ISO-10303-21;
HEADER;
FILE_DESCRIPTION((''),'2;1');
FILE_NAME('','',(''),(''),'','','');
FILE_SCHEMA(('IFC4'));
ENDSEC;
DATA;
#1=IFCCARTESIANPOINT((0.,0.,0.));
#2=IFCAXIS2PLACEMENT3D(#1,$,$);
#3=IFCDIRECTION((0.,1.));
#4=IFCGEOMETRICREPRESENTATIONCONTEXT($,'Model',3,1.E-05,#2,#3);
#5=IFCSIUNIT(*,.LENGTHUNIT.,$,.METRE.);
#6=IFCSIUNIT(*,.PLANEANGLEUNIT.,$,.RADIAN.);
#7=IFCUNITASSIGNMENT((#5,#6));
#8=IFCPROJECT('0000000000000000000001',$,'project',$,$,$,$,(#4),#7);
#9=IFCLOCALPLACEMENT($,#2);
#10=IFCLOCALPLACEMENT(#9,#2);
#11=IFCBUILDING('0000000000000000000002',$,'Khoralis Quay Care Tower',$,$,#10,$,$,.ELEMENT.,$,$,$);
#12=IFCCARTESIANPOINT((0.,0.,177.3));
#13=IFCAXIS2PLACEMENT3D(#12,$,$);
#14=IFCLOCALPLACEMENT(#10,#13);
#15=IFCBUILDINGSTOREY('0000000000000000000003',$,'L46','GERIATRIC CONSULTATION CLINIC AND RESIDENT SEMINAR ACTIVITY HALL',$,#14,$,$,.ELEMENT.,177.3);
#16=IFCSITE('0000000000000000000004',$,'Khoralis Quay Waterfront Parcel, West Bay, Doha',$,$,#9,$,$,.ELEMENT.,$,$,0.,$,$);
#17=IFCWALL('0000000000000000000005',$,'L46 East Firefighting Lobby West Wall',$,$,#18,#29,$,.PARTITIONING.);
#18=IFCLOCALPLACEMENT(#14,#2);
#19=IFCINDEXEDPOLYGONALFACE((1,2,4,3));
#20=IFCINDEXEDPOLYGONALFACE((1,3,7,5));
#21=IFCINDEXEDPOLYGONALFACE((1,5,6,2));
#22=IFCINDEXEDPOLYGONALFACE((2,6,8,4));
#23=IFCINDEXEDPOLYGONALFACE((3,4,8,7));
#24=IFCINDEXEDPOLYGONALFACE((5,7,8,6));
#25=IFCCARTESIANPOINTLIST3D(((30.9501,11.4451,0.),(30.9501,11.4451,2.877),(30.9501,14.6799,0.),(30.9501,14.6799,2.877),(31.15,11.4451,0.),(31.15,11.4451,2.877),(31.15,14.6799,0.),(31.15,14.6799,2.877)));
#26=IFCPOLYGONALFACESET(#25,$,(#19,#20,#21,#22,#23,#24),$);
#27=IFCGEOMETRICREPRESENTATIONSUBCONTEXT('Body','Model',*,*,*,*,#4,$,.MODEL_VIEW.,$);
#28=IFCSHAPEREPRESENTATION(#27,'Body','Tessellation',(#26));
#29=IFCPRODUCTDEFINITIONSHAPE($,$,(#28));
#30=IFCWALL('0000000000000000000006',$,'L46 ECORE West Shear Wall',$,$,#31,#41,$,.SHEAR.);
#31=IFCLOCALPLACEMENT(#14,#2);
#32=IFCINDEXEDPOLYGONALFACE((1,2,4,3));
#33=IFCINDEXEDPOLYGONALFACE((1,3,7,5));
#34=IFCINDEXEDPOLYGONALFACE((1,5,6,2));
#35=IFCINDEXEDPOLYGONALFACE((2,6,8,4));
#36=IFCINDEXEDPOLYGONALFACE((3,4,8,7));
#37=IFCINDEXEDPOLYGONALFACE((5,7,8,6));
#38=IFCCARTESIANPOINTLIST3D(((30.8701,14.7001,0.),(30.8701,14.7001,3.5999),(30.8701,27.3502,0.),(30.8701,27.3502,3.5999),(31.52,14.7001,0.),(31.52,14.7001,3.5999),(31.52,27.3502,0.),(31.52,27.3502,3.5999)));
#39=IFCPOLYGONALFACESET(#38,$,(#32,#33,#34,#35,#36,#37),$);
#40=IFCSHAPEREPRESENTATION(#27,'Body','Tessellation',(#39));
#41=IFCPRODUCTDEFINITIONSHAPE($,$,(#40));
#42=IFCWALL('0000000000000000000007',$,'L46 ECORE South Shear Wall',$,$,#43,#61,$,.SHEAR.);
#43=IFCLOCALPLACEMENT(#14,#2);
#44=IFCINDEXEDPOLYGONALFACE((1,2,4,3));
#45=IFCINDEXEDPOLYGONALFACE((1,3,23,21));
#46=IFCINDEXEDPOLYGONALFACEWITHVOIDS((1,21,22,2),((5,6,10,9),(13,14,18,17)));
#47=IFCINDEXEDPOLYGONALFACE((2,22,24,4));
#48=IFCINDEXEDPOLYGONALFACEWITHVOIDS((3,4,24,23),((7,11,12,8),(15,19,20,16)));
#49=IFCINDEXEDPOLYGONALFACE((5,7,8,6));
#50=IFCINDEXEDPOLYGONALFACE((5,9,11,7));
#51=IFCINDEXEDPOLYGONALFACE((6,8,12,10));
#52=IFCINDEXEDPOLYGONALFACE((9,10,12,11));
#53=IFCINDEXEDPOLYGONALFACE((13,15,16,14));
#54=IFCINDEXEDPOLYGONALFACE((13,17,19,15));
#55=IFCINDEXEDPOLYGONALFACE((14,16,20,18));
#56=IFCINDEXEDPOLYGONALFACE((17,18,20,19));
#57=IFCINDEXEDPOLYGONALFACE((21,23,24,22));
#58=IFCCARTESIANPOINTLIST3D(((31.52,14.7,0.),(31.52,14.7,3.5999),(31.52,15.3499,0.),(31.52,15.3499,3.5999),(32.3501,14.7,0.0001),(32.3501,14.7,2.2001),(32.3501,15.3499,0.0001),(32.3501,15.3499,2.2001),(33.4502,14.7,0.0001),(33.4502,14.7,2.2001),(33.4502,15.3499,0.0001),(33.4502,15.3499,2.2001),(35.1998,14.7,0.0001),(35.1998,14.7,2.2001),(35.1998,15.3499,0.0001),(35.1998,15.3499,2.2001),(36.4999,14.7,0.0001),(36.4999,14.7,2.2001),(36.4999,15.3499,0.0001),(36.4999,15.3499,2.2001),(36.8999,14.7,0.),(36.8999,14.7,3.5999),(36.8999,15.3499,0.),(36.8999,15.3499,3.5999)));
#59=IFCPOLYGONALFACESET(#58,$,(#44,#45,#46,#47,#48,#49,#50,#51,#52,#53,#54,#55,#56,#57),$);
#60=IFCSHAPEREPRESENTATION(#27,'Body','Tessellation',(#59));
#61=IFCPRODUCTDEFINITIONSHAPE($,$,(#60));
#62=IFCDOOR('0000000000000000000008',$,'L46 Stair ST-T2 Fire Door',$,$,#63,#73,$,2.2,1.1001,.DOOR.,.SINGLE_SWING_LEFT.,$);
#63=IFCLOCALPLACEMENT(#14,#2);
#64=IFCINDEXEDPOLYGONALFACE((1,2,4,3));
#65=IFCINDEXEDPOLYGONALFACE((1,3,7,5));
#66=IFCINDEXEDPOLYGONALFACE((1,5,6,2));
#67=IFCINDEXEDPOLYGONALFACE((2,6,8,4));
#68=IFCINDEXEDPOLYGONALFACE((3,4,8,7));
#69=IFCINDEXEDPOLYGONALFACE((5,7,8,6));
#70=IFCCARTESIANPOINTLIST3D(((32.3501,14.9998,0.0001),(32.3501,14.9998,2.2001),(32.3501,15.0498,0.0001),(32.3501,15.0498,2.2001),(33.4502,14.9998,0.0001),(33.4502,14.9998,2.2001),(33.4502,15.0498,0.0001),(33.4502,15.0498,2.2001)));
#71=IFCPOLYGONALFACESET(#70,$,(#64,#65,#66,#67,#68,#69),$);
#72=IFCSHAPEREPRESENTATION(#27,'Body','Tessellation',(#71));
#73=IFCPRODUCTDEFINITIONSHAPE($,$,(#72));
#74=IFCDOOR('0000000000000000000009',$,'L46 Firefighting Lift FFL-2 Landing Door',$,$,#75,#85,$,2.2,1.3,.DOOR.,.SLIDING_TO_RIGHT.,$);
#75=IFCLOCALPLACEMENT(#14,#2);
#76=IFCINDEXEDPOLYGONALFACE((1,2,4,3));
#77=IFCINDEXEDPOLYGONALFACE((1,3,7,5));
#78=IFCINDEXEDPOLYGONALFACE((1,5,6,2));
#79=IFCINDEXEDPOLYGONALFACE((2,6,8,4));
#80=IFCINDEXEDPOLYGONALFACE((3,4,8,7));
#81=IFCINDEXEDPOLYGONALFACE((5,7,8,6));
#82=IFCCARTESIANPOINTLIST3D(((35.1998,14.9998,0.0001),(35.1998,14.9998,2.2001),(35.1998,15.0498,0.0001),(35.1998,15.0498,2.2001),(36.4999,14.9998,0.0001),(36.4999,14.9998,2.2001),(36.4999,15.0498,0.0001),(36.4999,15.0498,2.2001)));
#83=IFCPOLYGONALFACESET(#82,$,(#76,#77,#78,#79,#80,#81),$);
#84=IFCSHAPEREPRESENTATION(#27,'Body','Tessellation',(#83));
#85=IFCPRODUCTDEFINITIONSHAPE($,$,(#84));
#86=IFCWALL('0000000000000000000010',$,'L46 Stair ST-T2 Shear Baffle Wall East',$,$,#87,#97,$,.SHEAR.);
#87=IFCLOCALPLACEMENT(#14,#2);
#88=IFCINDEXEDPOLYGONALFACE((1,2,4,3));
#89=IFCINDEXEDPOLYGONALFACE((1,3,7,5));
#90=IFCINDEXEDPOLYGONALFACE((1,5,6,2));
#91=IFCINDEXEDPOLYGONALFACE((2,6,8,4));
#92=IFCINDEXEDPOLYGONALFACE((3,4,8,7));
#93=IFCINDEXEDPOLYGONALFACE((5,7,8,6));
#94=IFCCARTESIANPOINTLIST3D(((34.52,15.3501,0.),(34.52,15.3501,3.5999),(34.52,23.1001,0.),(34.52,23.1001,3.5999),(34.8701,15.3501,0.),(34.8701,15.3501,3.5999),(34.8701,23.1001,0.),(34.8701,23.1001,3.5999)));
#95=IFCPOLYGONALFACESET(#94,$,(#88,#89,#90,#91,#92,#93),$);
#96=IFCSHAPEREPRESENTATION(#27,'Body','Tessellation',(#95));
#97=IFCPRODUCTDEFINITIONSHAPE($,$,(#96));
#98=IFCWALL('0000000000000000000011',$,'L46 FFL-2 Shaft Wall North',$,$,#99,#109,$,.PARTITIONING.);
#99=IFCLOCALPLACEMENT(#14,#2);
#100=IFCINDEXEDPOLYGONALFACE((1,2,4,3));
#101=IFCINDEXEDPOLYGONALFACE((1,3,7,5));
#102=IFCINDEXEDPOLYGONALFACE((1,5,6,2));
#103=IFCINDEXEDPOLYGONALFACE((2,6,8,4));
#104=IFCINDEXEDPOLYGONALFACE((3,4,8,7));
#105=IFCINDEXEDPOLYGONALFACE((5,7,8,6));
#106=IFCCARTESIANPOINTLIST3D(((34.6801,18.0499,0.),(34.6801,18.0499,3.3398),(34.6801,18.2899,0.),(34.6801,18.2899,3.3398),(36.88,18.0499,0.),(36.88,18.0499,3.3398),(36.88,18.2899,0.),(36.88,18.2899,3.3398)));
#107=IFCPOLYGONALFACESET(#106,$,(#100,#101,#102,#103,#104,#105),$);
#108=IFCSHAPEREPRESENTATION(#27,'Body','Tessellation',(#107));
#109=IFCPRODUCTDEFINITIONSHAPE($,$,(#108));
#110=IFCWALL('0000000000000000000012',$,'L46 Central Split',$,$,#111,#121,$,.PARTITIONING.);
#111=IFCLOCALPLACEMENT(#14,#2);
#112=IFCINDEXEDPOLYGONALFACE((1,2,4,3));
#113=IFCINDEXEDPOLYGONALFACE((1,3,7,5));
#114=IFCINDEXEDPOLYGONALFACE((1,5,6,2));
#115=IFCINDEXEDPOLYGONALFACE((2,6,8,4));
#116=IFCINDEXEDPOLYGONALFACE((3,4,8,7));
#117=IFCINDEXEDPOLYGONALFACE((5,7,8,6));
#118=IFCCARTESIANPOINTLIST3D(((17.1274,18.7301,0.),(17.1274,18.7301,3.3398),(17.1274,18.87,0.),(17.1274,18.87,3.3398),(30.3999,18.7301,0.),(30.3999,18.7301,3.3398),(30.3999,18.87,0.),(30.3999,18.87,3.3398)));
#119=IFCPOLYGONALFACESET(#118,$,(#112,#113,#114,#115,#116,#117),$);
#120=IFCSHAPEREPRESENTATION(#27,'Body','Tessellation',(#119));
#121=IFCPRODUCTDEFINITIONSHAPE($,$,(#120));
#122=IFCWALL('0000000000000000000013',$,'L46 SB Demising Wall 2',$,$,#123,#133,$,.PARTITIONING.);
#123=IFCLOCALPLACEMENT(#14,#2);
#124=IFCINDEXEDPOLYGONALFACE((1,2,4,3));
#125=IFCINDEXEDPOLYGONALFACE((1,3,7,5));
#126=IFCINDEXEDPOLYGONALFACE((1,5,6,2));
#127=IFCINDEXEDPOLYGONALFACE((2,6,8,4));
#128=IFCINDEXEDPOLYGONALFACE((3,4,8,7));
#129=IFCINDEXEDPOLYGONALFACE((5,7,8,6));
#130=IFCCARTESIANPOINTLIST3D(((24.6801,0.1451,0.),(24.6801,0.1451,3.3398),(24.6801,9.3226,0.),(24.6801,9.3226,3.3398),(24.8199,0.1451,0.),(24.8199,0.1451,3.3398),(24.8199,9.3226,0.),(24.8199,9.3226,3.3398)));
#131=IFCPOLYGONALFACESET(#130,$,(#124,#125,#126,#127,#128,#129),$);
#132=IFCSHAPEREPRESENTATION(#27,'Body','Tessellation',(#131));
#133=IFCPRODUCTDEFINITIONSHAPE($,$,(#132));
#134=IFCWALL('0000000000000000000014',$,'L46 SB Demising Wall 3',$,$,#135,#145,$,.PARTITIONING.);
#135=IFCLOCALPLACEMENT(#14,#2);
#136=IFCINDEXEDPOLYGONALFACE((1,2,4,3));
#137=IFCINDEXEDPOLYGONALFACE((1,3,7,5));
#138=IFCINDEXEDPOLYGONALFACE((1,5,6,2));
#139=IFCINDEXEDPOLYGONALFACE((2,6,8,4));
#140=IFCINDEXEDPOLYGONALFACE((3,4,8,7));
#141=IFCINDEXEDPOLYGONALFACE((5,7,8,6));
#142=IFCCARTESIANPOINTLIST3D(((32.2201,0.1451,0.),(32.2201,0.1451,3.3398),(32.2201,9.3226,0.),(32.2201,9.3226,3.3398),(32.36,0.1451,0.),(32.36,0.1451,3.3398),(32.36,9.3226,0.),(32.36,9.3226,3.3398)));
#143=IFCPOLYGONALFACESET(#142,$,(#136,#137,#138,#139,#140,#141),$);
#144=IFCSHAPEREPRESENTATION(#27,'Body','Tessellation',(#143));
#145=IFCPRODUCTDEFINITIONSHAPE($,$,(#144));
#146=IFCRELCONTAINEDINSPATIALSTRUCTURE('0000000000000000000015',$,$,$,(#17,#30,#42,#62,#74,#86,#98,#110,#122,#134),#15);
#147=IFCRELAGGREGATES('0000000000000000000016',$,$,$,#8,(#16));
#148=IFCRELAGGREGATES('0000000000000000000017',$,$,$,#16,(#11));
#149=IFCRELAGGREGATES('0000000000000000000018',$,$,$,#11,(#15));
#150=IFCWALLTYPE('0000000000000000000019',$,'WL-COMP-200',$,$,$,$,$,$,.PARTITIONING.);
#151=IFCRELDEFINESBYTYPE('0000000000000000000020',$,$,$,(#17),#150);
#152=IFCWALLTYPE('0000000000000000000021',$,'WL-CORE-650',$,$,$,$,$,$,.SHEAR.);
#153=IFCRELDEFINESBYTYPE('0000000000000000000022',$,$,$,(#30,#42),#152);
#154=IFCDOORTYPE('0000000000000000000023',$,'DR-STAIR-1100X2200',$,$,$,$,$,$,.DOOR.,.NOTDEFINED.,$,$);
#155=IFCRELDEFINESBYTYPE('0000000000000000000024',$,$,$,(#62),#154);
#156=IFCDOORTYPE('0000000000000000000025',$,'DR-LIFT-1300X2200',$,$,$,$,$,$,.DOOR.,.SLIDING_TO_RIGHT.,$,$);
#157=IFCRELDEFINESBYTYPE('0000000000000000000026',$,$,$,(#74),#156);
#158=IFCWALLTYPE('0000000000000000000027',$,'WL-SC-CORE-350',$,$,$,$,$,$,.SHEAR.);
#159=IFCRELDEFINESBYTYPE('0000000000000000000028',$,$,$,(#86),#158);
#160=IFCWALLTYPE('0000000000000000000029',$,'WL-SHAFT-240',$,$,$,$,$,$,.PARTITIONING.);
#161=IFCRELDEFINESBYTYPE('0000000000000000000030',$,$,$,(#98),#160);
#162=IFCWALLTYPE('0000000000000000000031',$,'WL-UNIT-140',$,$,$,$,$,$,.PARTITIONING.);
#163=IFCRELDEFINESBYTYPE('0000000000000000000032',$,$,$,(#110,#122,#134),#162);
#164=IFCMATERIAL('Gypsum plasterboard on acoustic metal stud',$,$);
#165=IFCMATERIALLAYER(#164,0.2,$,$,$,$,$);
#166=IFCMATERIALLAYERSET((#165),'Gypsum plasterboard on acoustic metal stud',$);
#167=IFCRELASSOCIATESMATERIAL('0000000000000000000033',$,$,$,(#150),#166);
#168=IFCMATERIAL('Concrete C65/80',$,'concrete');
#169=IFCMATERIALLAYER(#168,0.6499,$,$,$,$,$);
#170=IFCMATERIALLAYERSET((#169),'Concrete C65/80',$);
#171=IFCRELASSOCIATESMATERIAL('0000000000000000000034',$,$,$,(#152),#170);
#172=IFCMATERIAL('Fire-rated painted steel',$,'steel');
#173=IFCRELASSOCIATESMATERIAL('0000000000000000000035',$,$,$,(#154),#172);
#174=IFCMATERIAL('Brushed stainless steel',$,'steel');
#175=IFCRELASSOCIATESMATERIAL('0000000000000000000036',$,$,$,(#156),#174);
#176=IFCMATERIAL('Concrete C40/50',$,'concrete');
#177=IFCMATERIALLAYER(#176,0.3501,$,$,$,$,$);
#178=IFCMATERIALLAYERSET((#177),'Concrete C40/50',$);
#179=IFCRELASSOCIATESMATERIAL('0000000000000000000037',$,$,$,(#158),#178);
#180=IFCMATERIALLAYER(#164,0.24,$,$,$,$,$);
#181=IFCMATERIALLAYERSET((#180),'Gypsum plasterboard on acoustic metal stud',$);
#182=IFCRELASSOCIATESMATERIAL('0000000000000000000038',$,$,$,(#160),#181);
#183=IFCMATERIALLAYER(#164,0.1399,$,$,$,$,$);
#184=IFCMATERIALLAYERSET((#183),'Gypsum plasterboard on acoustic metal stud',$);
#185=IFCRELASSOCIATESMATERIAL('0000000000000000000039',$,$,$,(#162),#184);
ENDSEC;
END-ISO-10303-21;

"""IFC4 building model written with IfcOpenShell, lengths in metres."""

from ifc_helpers import new_model, si_unit, direction, frame, frame_2d, origin, place, context, subcontext, project, spatial, rectangle, extrude, source, transform, mapped, material, layer, layer_set, type_object, element, fill, save


model = new_model("IFC4")

# Units and contexts
model_context = context("Model", 3, precision=1e-05, world=origin(), true_north=direction((0.0, 1.0)))
body_context = subcontext(model_context, "Body", "Model", "MODEL_VIEW")
ifc_project = project(units=[si_unit("LENGTHUNIT", "METRE"), si_unit("PLANEANGLEUNIT", "RADIAN")], contexts=[model_context])

# Site, building, storey
site_placement = place(None, origin())
site = spatial("IfcSite", under=ifc_project, at=site_placement, Name="Khoralis Quay Waterfront Parcel, West Bay, Doha", CompositionType="ELEMENT", RefElevation=0.0)
building_placement = place(site_placement, origin())
building = spatial("IfcBuilding", under=site, at=building_placement, Name="Khoralis Quay Care Tower", CompositionType="ELEMENT")
storey_placement = place(building_placement, frame((0.0, 0.0, 177.3)))
storey = spatial("IfcBuildingStorey", under=building, at=storey_placement, Name="L46", Description="GERIATRIC CONSULTATION CLINIC AND RESIDENT SEMINAR ACTIVITY HALL", CompositionType="ELEMENT", Elevation=177.3)

# Shared definitions
ifc_material_1 = material(Name="Concrete C65/80", Category="concrete")

# Shared definitions
ifc_material_2 = material(Name="Gypsum plasterboard on acoustic metal stud")
ifc_layer_1 = layer(ifc_material_2, 0.2)
ifc_layer_set_1 = layer_set([ifc_layer_1], Name="Gypsum plasterboard on acoustic metal stud")
wall_type_1 = type_object("IfcWallType", Name="WL-COMP-200", PredefinedType="PARTITIONING", material=ifc_layer_set_1)
ifc_material_3 = material(Name="Fire-rated painted steel", Category="steel")

# Walls
wall_1_placement = place(storey_placement, frame((31.05, 11.4451, 0.0), z_axis=(0.0, 0.0, 1.0), x_axis=(0.0, 1.0, 0.0)))
element("IfcWall", 1, at=wall_1_placement, inside=storey, type_object=wall_type_1, Name="L46 East Firefighting Lobby West Wall", PredefinedType="PARTITIONING", context=body_context, shape_type="SweptSolid", body=[
    extrude(rectangle(XDim=3.2349, YDim=0.2, at=frame_2d((1.6174, 0.0))), origin(), (0.0, 0.0, 1.0), 2.877),
])
ifc_layer_2 = layer(ifc_material_1, 0.6499)
ifc_layer_set_2 = layer_set([ifc_layer_2], Name="Concrete C65/80")
wall_type_2 = type_object("IfcWallType", Name="WL-CORE-650", PredefinedType="SHEAR", material=ifc_layer_set_2)
wall_2_placement = place(storey_placement, frame((31.1951, 14.7, 0.0), z_axis=(0.0, 0.0, 1.0), x_axis=(0.0, 1.0, 0.0)))
element("IfcWall", 2, at=wall_2_placement, inside=storey, type_object=wall_type_2, Name="L46 ECORE West Shear Wall", PredefinedType="SHEAR", context=body_context, shape_type="SweptSolid", body=[
    extrude(rectangle(XDim=12.6501, YDim=0.6499, at=frame_2d((6.3252, 0.0))), origin(), (0.0, 0.0, 1.0), 3.5999),
])

# Wall, openings, doors
wall_3_placement = place(storey_placement, frame((31.52, 15.0249, 0.0), z_axis=(0.0, 0.0, 1.0), x_axis=(1.0, 0.0, 0.0)))
wall_3 = element("IfcWall", 3, at=wall_3_placement, inside=storey, type_object=wall_type_2, Name="L46 ECORE South Shear Wall", PredefinedType="SHEAR", context=body_context, shape_type="SweptSolid", body=[
    extrude(rectangle(XDim=5.3799, YDim=0.6499, at=frame_2d((2.6899, 0.0))), origin(), (0.0, 0.0, 1.0), 3.5999),
])
opening_1_placement = place(wall_3_placement, frame((0.8301, 0.0, 0.0)))
opening_1 = element("IfcOpeningElement", 4, at=opening_1_placement, cuts=wall_3, PredefinedType="OPENING", context=body_context, shape_type="SweptSolid", body=[
    extrude(rectangle(XDim=1.1001, YDim=2.2, at=frame_2d((0.55, 1.1001))), frame((0.0, 0.335, 0.0), z_axis=(0.0, -1.0, 0.0), x_axis=(1.0, 0.0, 0.0)), (0.0, 0.0, 1.0), 0.6699),
])
opening_2_placement = place(wall_3_placement, frame((3.6799, 0.0, 0.0)))
opening_2 = element("IfcOpeningElement", 5, at=opening_2_placement, cuts=wall_3, PredefinedType="OPENING", context=body_context, shape_type="SweptSolid", body=[
    extrude(rectangle(XDim=1.3, YDim=2.2, at=frame_2d((0.6499, 1.1001))), frame((0.0, 0.335, 0.0), z_axis=(0.0, -1.0, 0.0), x_axis=(1.0, 0.0, 0.0)), (0.0, 0.0, 1.0), 0.6699),
])
door_type_1 = type_object("IfcDoorType", Name="DR-STAIR-1100X2200", OperationType="NOTDEFINED", PredefinedType="DOOR", material=ifc_material_3)
shared_shape_1 = source(origin(), body_context, "Body", "SweptSolid", [
    extrude(rectangle(XDim=1.1001, YDim=2.2, at=frame_2d((0.55, 1.1001))), frame((0.0, 0.0249, 0.0), z_axis=(0.0, -1.0, 0.0), x_axis=(1.0, 0.0, 0.0)), (0.0, 0.0, 1.0), 0.05),
])
door_1_placement = place(opening_1_placement, origin())
door_1 = element("IfcDoor", 6, at=door_1_placement, inside=storey, type_object=door_type_1, Name="L46 Stair ST-T2 Fire Door", OperationType="SINGLE_SWING_LEFT", OverallHeight=2.2, OverallWidth=1.1001, PredefinedType="DOOR", context=body_context, shape_type="MappedRepresentation", body=[
    mapped(shared_shape_1, transform((0.0, 0.0, 0.0), scale=1.0)),
])
fill(opening_1, door_1)
ifc_material_4 = material(Name="Brushed stainless steel", Category="steel")
door_type_2 = type_object("IfcDoorType", Name="DR-LIFT-1300X2200", OperationType="SLIDING_TO_RIGHT", PredefinedType="DOOR", material=ifc_material_4)
shared_shape_2 = source(origin(), body_context, "Body", "SweptSolid", [
    extrude(rectangle(XDim=1.3, YDim=2.2, at=frame_2d((0.6499, 1.1001))), frame((0.0, 0.0249, 0.0), z_axis=(0.0, -1.0, 0.0), x_axis=(1.0, 0.0, 0.0)), (0.0, 0.0, 1.0), 0.05),
])
door_2_placement = place(opening_2_placement, origin())
door_2 = element("IfcDoor", 7, at=door_2_placement, inside=storey, type_object=door_type_2, Name="L46 Firefighting Lift FFL-2 Landing Door", OperationType="SLIDING_TO_RIGHT", OverallHeight=2.2, OverallWidth=1.3, PredefinedType="DOOR", context=body_context, shape_type="MappedRepresentation", body=[
    mapped(shared_shape_2, transform((0.0, 0.0, 0.0), scale=1.0)),
])
fill(opening_2, door_2)

# Walls
ifc_material_5 = material(Name="Concrete C40/50", Category="concrete")
ifc_layer_3 = layer(ifc_material_5, 0.3501)
ifc_layer_set_3 = layer_set([ifc_layer_3], Name="Concrete C40/50")
wall_type_3 = type_object("IfcWallType", Name="WL-SC-CORE-350", PredefinedType="SHEAR", material=ifc_layer_set_3)
wall_4_placement = place(storey_placement, frame((34.6951, 15.3501, 0.0), z_axis=(0.0, 0.0, 1.0), x_axis=(0.0, 1.0, 0.0)))
element("IfcWall", 8, at=wall_4_placement, inside=storey, type_object=wall_type_3, Name="L46 Stair ST-T2 Shear Baffle Wall East", PredefinedType="SHEAR", context=body_context, shape_type="SweptSolid", body=[
    extrude(rectangle(XDim=7.75, YDim=0.3501, at=frame_2d((3.875, 0.0))), origin(), (0.0, 0.0, 1.0), 3.5999),
])
ifc_layer_4 = layer(ifc_material_2, 0.24)
ifc_layer_set_4 = layer_set([ifc_layer_4], Name="Gypsum plasterboard on acoustic metal stud")
wall_type_4 = type_object("IfcWallType", Name="WL-SHAFT-240", PredefinedType="PARTITIONING", material=ifc_layer_set_4)
wall_5_placement = place(storey_placement, frame((34.6799, 18.1699, 0.0), z_axis=(0.0, 0.0, 1.0), x_axis=(1.0, 0.0, 0.0)))
element("IfcWall", 9, at=wall_5_placement, inside=storey, type_object=wall_type_4, Name="L46 FFL-2 Shaft Wall North", PredefinedType="PARTITIONING", context=body_context, shape_type="SweptSolid", body=[
    extrude(rectangle(XDim=2.2, YDim=0.24, at=frame_2d((1.1001, 0.0))), origin(), (0.0, 0.0, 1.0), 3.3398),
])
ifc_layer_5 = layer(ifc_material_2, 0.1399)
ifc_layer_set_5 = layer_set([ifc_layer_5], Name="Gypsum plasterboard on acoustic metal stud")
wall_type_5 = type_object("IfcWallType", Name="WL-UNIT-140", PredefinedType="PARTITIONING", material=ifc_layer_set_5)
wall_6_placement = place(storey_placement, frame((17.1274, 18.8, 0.0), z_axis=(0.0, 0.0, 1.0), x_axis=(1.0, 0.0, 0.0)))
element("IfcWall", 10, at=wall_6_placement, inside=storey, type_object=wall_type_5, Name="L46 Central Split", PredefinedType="PARTITIONING", context=body_context, shape_type="SweptSolid", body=[
    extrude(rectangle(XDim=13.2725, YDim=0.1399, at=frame_2d((6.6362, 0.0))), origin(), (0.0, 0.0, 1.0), 3.3398),
])
for number, where, z_axis, x_axis, name in (
    (11, (24.75, 0.145, 0.0), (0.0, 0.0, 1.0), (0.0, 1.0, 0.0), "L46 SB Demising Wall 2"),
    (12, (32.29, 0.145, 0.0), (0.0, 0.0, 1.0), (0.0, 1.0, 0.0), "L46 SB Demising Wall 3"),
):
    element("IfcWall", number, at=place(storey_placement, frame(where, z_axis=z_axis, x_axis=x_axis)), inside=storey, type_object=wall_type_5, Name=name, PredefinedType="PARTITIONING", context=body_context, shape_type="SweptSolid", body=[
        extrude(rectangle(XDim=9.1775, YDim=0.1399, at=frame_2d((4.5889, 0.0))), origin(), (0.0, 0.0, 1.0), 3.3398),
    ])

save(model, "model.ifc")
